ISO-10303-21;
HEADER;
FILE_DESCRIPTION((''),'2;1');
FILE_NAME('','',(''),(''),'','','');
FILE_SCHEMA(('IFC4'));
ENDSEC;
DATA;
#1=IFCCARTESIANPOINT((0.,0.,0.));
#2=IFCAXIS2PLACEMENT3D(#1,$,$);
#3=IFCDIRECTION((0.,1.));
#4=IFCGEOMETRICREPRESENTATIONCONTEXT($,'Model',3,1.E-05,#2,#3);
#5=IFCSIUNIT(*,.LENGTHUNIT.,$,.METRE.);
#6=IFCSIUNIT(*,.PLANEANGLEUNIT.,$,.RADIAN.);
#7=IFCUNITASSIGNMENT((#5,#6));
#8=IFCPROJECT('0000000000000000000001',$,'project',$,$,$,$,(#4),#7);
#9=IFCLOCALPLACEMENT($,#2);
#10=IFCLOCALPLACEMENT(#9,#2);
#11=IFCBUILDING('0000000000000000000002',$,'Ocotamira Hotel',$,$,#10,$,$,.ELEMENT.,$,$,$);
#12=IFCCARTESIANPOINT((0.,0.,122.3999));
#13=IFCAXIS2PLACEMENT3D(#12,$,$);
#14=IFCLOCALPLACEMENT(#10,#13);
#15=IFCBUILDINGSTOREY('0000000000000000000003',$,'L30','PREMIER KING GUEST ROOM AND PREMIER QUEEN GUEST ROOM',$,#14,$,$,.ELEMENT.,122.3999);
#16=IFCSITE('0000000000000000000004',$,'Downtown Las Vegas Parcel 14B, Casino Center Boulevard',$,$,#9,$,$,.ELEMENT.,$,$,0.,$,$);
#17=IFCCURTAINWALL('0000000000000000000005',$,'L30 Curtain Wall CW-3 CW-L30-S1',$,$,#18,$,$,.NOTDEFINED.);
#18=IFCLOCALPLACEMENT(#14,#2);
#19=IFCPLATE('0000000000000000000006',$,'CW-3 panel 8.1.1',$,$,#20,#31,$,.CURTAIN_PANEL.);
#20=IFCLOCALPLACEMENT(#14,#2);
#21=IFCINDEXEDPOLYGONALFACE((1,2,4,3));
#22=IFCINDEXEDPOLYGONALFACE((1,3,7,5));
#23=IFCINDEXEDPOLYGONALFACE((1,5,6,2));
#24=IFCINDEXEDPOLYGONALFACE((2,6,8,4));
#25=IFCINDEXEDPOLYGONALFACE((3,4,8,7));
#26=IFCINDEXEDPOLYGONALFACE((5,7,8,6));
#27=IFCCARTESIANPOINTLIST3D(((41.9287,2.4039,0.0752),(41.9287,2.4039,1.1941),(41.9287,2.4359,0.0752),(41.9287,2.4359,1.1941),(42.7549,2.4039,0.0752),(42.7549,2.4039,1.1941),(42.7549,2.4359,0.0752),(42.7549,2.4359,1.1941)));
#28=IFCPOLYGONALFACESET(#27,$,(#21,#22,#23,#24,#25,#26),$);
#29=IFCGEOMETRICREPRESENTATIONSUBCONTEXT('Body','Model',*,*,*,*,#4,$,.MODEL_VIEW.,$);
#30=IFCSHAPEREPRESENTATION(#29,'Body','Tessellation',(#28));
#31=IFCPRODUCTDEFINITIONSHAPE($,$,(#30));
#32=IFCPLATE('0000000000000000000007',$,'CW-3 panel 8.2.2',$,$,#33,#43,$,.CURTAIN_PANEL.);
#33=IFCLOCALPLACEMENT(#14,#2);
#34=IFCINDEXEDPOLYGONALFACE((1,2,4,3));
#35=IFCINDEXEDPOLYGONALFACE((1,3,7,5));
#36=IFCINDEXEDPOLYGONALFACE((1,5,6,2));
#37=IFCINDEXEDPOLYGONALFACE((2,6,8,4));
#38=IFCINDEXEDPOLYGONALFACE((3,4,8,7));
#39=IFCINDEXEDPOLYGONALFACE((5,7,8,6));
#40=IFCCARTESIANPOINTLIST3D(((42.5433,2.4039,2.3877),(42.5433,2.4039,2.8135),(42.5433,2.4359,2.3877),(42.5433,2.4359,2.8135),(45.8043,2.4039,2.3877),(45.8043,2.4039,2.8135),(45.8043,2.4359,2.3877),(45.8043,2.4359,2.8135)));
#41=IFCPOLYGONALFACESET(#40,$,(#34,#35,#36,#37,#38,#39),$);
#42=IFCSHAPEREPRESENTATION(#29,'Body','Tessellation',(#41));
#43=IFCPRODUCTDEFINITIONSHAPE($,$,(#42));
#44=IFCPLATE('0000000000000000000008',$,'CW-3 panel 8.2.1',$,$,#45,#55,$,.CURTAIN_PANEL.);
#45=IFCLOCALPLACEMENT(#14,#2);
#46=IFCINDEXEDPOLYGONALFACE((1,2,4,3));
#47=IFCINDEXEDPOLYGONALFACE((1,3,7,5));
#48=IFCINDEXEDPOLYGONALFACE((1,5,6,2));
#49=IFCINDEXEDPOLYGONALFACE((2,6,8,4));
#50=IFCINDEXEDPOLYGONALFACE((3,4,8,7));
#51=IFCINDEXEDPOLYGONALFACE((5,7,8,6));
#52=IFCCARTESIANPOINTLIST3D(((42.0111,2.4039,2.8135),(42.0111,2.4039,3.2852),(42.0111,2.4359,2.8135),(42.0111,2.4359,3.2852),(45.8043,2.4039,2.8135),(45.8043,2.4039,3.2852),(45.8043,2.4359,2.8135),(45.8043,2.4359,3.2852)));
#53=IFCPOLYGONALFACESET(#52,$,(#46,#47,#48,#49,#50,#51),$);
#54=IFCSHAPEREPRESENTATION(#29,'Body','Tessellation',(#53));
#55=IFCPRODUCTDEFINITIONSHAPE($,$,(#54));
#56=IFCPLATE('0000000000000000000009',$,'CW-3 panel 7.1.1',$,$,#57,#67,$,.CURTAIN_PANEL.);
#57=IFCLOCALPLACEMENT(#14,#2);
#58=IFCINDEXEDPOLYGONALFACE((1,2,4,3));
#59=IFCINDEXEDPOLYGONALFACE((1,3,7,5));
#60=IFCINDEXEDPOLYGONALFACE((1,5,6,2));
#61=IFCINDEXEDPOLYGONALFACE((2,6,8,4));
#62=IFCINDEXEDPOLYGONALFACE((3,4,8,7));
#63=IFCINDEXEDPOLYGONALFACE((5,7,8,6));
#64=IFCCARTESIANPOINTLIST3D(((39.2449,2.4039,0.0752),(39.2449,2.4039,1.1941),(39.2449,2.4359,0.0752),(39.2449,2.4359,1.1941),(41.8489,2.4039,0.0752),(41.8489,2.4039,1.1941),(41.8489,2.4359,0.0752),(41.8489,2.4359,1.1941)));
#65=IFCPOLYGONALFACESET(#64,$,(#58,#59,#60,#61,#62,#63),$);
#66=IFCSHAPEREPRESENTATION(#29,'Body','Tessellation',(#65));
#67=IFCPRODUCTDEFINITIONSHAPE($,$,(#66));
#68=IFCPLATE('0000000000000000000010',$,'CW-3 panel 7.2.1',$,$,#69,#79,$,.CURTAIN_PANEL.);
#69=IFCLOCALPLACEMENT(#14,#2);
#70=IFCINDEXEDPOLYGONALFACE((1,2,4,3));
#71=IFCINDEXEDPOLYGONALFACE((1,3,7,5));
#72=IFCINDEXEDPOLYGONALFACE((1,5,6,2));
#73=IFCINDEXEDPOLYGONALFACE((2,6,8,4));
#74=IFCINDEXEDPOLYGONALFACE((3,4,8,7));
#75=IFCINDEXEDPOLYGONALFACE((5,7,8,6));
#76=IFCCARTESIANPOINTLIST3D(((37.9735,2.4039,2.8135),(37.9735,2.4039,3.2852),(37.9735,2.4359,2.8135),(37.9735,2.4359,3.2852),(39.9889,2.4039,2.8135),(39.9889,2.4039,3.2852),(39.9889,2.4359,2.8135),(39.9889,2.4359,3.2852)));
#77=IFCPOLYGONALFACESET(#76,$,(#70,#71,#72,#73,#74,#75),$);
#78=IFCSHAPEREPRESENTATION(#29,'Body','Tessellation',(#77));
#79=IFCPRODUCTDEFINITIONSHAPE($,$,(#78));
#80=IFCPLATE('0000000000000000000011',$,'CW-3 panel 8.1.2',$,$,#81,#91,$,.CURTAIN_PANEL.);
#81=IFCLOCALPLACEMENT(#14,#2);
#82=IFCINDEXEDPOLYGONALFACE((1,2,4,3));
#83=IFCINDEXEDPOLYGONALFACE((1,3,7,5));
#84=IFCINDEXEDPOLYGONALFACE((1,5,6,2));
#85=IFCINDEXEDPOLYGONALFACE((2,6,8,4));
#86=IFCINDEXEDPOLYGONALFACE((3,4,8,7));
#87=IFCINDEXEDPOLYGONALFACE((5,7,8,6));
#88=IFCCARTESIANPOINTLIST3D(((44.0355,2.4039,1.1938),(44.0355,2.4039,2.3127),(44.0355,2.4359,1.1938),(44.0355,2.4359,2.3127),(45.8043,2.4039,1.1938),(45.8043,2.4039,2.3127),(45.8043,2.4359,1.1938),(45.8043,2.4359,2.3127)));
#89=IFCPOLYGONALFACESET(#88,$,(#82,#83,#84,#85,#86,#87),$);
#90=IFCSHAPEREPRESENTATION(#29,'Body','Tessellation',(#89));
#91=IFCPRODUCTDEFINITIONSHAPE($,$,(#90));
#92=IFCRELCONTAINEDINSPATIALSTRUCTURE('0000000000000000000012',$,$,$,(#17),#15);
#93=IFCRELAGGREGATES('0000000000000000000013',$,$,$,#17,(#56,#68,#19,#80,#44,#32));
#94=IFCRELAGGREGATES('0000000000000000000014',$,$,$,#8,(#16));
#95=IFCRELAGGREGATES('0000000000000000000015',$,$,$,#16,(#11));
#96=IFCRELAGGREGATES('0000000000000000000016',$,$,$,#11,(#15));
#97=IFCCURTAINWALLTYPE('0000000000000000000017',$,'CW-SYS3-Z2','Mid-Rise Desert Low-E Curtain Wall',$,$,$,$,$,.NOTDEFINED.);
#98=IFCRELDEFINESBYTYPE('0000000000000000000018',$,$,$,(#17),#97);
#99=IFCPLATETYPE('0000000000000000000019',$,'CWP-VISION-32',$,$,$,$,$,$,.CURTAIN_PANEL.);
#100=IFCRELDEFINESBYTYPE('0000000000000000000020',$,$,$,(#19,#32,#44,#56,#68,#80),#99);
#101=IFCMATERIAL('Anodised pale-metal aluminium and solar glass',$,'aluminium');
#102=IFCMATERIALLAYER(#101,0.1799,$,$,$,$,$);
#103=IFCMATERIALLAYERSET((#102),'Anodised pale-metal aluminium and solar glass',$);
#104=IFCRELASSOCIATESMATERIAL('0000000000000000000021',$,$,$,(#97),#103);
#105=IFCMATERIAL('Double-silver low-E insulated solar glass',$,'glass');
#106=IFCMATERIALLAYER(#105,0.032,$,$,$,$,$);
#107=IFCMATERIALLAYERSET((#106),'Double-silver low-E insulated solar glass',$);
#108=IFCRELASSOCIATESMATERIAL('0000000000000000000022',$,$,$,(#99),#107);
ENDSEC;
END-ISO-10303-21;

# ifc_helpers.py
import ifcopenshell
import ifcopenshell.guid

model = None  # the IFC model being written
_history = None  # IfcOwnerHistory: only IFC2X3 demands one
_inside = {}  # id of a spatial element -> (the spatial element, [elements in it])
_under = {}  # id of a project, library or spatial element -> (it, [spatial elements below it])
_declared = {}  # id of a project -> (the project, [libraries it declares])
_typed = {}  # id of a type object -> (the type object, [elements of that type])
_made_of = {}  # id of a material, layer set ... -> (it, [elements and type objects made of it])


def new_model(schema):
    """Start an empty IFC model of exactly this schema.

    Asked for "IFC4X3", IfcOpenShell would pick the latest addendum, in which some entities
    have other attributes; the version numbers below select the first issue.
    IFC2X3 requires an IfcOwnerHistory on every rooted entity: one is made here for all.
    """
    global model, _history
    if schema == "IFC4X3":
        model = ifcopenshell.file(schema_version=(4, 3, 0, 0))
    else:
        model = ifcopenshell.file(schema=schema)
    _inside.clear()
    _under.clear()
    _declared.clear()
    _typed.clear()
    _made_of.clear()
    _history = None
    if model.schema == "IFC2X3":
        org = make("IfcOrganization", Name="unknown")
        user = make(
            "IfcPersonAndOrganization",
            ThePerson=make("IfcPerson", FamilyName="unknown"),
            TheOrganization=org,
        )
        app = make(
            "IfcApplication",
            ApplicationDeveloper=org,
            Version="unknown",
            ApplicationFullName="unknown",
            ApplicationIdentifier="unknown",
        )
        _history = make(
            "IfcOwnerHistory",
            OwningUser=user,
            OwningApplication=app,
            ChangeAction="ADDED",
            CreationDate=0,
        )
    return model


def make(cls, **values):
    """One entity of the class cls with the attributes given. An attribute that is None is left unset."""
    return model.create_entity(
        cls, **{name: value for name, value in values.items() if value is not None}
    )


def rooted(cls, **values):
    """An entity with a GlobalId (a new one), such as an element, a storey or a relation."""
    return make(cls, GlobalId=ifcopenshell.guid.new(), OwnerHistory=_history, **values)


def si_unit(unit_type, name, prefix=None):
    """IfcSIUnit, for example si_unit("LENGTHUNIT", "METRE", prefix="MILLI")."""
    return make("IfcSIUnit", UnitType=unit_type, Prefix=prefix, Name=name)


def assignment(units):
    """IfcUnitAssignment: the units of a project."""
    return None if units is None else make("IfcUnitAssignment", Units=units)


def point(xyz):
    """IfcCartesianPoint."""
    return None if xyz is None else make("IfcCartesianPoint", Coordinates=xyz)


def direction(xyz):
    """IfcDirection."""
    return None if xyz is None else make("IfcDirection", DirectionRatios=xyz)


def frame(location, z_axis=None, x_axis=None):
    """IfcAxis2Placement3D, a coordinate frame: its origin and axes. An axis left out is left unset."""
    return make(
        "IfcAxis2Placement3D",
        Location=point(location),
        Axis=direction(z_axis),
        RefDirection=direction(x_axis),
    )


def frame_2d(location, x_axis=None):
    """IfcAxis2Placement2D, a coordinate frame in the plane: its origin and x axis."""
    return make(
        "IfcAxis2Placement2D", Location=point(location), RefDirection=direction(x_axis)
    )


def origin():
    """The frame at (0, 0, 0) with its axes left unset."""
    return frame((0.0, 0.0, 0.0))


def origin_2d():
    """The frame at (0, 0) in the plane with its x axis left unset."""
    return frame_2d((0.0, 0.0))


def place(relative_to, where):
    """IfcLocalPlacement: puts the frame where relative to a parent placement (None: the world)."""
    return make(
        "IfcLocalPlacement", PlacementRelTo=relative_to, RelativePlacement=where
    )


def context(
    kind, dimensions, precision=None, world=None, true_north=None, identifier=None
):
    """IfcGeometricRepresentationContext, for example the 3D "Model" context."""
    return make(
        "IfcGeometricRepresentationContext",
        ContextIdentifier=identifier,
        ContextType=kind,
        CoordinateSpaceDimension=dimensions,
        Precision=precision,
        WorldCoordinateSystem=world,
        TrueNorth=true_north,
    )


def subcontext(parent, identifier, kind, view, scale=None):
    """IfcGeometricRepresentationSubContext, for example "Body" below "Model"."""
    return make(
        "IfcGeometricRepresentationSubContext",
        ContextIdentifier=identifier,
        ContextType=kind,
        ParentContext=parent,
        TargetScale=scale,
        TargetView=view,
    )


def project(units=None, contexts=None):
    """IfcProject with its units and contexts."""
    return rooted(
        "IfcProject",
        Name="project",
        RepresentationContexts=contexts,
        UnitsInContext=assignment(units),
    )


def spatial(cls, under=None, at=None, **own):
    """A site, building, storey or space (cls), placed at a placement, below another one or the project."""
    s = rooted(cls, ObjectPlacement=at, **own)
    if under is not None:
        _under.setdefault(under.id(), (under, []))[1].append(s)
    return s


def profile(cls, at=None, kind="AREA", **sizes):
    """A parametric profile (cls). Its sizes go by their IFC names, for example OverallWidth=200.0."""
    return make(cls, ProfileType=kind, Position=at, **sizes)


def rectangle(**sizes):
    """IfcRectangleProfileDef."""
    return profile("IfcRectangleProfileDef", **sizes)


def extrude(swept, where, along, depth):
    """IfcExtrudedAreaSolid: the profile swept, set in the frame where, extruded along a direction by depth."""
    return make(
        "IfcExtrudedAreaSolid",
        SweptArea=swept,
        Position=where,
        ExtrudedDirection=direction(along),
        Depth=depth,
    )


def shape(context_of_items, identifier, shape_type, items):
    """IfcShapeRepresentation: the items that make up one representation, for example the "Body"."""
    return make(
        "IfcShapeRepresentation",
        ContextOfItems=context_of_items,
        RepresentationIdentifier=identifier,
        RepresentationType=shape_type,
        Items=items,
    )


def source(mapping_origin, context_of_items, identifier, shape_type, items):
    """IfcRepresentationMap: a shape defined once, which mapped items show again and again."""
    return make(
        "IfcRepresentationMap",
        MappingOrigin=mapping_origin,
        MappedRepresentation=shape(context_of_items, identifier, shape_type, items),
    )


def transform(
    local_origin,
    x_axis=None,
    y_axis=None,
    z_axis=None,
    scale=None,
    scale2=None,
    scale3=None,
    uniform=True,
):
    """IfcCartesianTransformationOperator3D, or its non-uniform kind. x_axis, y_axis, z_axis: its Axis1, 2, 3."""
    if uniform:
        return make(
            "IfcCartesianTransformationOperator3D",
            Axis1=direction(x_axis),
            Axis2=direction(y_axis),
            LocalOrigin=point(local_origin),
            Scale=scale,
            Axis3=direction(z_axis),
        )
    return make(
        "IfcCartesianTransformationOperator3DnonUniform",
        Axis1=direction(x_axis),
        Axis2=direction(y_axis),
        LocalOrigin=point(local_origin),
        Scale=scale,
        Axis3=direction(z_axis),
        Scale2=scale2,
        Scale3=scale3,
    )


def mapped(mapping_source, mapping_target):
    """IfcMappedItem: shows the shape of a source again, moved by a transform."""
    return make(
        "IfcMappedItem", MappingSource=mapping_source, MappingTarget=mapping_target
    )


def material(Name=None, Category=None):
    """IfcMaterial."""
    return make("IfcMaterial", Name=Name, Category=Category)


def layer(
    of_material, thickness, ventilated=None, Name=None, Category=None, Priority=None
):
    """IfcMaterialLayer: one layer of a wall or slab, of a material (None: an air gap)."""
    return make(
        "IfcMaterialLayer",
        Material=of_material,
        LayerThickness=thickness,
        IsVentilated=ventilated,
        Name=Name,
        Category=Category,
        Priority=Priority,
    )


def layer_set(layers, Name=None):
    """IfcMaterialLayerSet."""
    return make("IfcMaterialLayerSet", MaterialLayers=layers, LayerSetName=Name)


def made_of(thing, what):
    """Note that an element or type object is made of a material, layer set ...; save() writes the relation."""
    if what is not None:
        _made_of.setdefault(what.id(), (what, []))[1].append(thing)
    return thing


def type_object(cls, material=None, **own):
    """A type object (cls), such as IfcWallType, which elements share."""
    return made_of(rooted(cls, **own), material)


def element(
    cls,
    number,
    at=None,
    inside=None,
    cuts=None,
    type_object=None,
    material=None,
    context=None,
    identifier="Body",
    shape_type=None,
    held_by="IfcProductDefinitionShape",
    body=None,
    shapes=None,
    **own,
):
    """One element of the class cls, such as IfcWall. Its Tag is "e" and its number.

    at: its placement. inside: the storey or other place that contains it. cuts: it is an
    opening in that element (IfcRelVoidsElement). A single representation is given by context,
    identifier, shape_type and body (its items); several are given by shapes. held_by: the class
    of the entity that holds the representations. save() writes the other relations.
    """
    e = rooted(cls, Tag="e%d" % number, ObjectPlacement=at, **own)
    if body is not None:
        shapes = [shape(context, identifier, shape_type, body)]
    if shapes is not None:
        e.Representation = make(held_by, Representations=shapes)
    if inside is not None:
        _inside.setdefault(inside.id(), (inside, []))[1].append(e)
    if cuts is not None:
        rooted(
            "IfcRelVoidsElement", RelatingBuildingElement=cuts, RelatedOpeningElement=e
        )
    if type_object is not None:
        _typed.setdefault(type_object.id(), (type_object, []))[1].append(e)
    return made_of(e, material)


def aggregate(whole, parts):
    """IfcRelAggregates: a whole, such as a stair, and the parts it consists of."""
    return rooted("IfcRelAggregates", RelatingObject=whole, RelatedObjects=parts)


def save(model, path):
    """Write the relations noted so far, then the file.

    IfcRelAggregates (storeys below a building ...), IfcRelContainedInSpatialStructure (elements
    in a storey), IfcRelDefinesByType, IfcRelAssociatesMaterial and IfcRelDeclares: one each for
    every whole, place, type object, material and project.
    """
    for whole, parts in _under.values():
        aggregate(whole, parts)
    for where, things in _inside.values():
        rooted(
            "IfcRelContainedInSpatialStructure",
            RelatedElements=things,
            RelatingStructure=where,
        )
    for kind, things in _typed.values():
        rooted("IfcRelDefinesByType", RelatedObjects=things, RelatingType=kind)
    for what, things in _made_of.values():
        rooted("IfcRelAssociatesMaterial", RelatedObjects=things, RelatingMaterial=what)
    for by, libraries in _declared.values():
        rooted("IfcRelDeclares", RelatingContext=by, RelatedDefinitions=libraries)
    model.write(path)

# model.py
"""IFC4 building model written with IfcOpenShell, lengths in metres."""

from ifc_helpers import new_model, si_unit, direction, frame, origin, origin_2d, place, context, subcontext, project, spatial, rectangle, extrude, source, transform, mapped, material, layer, layer_set, type_object, element, aggregate, save


model = new_model("IFC4")

# Units and contexts
model_context = context("Model", 3, precision=1e-05, world=origin(), true_north=direction((0.0, 1.0)))
body_context = subcontext(model_context, "Body", "Model", "MODEL_VIEW")
ifc_project = project(units=[si_unit("LENGTHUNIT", "METRE"), si_unit("PLANEANGLEUNIT", "RADIAN")], contexts=[model_context])

# Site, building, storey
site_placement = place(None, origin())
site = spatial("IfcSite", under=ifc_project, at=site_placement, Name="Downtown Las Vegas Parcel 14B, Casino Center Boulevard", CompositionType="ELEMENT", RefElevation=0.0)
building_placement = place(site_placement, origin())
building = spatial("IfcBuilding", under=site, at=building_placement, Name="Ocotamira Hotel", CompositionType="ELEMENT")
storey_placement = place(building_placement, frame((0.0, 0.0, 122.3999)))
storey = spatial("IfcBuildingStorey", under=building, at=storey_placement, Name="L30", Description="PREMIER KING GUEST ROOM AND PREMIER QUEEN GUEST ROOM", CompositionType="ELEMENT", Elevation=122.3999)

# Curtain wall, plates
ifc_material_1 = material(Name="Anodised pale-metal aluminium and solar glass", Category="aluminium")
ifc_layer_1 = layer(ifc_material_1, 0.1799)
ifc_layer_set_1 = layer_set([ifc_layer_1], Name="Anodised pale-metal aluminium and solar glass")
curtain_wall_type = type_object("IfcCurtainWallType", Name="CW-SYS3-Z2", Description="Mid-Rise Desert Low-E Curtain Wall", PredefinedType="NOTDEFINED", material=ifc_layer_set_1)
curtain_wall_placement = place(storey_placement, origin())
curtain_wall = element("IfcCurtainWall", 1, at=curtain_wall_placement, inside=storey, type_object=curtain_wall_type, Name="L30 Curtain Wall CW-3 CW-L30-S1", PredefinedType="NOTDEFINED")
ifc_material_2 = material(Name="Double-silver low-E insulated solar glass", Category="glass")
ifc_layer_2 = layer(ifc_material_2, 0.032)
ifc_layer_set_2 = layer_set([ifc_layer_2], Name="Double-silver low-E insulated solar glass")
plate_type = type_object("IfcPlateType", Name="CWP-VISION-32", PredefinedType="CURTAIN_PANEL", material=ifc_layer_set_2)
shared_shape_1 = source(origin(), body_context, "Body", "SweptSolid", [
    extrude(rectangle(XDim=0.8262, YDim=0.032, at=origin_2d()), origin(), (0.0, 0.0, 1.0), 1.1189),
])
plate_1_placement = place(storey_placement, frame((42.3418, 2.4199, 0.0752), z_axis=(0.0, 0.0, 1.0), x_axis=(1.0, 0.0, 0.0)))
plate_1 = element("IfcPlate", 2, at=plate_1_placement, type_object=plate_type, Name="CW-3 panel 8.1.1", PredefinedType="CURTAIN_PANEL", context=body_context, shape_type="MappedRepresentation", body=[
    mapped(shared_shape_1, transform((0.0, 0.0, 0.0), scale=1.0)),
])
shared_shape_2 = source(origin(), body_context, "Body", "SweptSolid", [
    extrude(rectangle(XDim=3.261, YDim=0.032, at=origin_2d()), origin(), (0.0, 0.0, 1.0), 0.4258),
])
plate_2_placement = place(storey_placement, frame((44.1738, 2.4199, 2.3877), z_axis=(0.0, 0.0, 1.0), x_axis=(1.0, 0.0, 0.0)))
plate_2 = element("IfcPlate", 3, at=plate_2_placement, type_object=plate_type, Name="CW-3 panel 8.2.2", PredefinedType="CURTAIN_PANEL", context=body_context, shape_type="MappedRepresentation", body=[
    mapped(shared_shape_2, transform((0.0, 0.0, 0.0), scale=1.0)),
])
shared_shape_3 = source(origin(), body_context, "Body", "SweptSolid", [
    extrude(rectangle(XDim=3.7932, YDim=0.032, at=origin_2d()), origin(), (0.0, 0.0, 1.0), 0.4717),
])
plate_3_placement = place(storey_placement, frame((43.9077, 2.4199, 2.8135), z_axis=(0.0, 0.0, 1.0), x_axis=(1.0, 0.0, 0.0)))
plate_3 = element("IfcPlate", 4, at=plate_3_placement, type_object=plate_type, Name="CW-3 panel 8.2.1", PredefinedType="CURTAIN_PANEL", context=body_context, shape_type="MappedRepresentation", body=[
    mapped(shared_shape_3, transform((0.0, 0.0, 0.0), scale=1.0)),
])
shared_shape_4 = source(origin(), body_context, "Body", "SweptSolid", [
    extrude(rectangle(XDim=2.604, YDim=0.032, at=origin_2d()), origin(), (0.0, 0.0, 1.0), 1.1189),
])
plate_4_placement = place(storey_placement, frame((40.5469, 2.4199, 0.0752), z_axis=(0.0, 0.0, 1.0), x_axis=(1.0, 0.0, 0.0)))
plate_4 = element("IfcPlate", 5, at=plate_4_placement, type_object=plate_type, Name="CW-3 panel 7.1.1", PredefinedType="CURTAIN_PANEL", context=body_context, shape_type="MappedRepresentation", body=[
    mapped(shared_shape_4, transform((0.0, 0.0, 0.0), scale=1.0)),
])
shared_shape_5 = source(origin(), body_context, "Body", "SweptSolid", [
    extrude(rectangle(XDim=2.0154, YDim=0.032, at=origin_2d()), origin(), (0.0, 0.0, 1.0), 0.4717),
])
plate_5_placement = place(storey_placement, frame((38.9812, 2.4199, 2.8135), z_axis=(0.0, 0.0, 1.0), x_axis=(1.0, 0.0, 0.0)))
plate_5 = element("IfcPlate", 6, at=plate_5_placement, type_object=plate_type, Name="CW-3 panel 7.2.1", PredefinedType="CURTAIN_PANEL", context=body_context, shape_type="MappedRepresentation", body=[
    mapped(shared_shape_5, transform((0.0, 0.0, 0.0), scale=1.0)),
])
shared_shape_6 = source(origin(), body_context, "Body", "SweptSolid", [
    extrude(rectangle(XDim=1.7688, YDim=0.032, at=origin_2d()), origin(), (0.0, 0.0, 1.0), 1.1189),
])
plate_6_placement = place(storey_placement, frame((44.9199, 2.4199, 1.1938), z_axis=(0.0, 0.0, 1.0), x_axis=(1.0, 0.0, 0.0)))
plate_6 = element("IfcPlate", 7, at=plate_6_placement, type_object=plate_type, Name="CW-3 panel 8.1.2", PredefinedType="CURTAIN_PANEL", context=body_context, shape_type="MappedRepresentation", body=[
    mapped(shared_shape_6, transform((0.0, 0.0, 0.0), scale=1.0)),
])
aggregate(curtain_wall, [plate_4, plate_5, plate_1, plate_6, plate_3, plate_2])

save(model, "model.ifc")
